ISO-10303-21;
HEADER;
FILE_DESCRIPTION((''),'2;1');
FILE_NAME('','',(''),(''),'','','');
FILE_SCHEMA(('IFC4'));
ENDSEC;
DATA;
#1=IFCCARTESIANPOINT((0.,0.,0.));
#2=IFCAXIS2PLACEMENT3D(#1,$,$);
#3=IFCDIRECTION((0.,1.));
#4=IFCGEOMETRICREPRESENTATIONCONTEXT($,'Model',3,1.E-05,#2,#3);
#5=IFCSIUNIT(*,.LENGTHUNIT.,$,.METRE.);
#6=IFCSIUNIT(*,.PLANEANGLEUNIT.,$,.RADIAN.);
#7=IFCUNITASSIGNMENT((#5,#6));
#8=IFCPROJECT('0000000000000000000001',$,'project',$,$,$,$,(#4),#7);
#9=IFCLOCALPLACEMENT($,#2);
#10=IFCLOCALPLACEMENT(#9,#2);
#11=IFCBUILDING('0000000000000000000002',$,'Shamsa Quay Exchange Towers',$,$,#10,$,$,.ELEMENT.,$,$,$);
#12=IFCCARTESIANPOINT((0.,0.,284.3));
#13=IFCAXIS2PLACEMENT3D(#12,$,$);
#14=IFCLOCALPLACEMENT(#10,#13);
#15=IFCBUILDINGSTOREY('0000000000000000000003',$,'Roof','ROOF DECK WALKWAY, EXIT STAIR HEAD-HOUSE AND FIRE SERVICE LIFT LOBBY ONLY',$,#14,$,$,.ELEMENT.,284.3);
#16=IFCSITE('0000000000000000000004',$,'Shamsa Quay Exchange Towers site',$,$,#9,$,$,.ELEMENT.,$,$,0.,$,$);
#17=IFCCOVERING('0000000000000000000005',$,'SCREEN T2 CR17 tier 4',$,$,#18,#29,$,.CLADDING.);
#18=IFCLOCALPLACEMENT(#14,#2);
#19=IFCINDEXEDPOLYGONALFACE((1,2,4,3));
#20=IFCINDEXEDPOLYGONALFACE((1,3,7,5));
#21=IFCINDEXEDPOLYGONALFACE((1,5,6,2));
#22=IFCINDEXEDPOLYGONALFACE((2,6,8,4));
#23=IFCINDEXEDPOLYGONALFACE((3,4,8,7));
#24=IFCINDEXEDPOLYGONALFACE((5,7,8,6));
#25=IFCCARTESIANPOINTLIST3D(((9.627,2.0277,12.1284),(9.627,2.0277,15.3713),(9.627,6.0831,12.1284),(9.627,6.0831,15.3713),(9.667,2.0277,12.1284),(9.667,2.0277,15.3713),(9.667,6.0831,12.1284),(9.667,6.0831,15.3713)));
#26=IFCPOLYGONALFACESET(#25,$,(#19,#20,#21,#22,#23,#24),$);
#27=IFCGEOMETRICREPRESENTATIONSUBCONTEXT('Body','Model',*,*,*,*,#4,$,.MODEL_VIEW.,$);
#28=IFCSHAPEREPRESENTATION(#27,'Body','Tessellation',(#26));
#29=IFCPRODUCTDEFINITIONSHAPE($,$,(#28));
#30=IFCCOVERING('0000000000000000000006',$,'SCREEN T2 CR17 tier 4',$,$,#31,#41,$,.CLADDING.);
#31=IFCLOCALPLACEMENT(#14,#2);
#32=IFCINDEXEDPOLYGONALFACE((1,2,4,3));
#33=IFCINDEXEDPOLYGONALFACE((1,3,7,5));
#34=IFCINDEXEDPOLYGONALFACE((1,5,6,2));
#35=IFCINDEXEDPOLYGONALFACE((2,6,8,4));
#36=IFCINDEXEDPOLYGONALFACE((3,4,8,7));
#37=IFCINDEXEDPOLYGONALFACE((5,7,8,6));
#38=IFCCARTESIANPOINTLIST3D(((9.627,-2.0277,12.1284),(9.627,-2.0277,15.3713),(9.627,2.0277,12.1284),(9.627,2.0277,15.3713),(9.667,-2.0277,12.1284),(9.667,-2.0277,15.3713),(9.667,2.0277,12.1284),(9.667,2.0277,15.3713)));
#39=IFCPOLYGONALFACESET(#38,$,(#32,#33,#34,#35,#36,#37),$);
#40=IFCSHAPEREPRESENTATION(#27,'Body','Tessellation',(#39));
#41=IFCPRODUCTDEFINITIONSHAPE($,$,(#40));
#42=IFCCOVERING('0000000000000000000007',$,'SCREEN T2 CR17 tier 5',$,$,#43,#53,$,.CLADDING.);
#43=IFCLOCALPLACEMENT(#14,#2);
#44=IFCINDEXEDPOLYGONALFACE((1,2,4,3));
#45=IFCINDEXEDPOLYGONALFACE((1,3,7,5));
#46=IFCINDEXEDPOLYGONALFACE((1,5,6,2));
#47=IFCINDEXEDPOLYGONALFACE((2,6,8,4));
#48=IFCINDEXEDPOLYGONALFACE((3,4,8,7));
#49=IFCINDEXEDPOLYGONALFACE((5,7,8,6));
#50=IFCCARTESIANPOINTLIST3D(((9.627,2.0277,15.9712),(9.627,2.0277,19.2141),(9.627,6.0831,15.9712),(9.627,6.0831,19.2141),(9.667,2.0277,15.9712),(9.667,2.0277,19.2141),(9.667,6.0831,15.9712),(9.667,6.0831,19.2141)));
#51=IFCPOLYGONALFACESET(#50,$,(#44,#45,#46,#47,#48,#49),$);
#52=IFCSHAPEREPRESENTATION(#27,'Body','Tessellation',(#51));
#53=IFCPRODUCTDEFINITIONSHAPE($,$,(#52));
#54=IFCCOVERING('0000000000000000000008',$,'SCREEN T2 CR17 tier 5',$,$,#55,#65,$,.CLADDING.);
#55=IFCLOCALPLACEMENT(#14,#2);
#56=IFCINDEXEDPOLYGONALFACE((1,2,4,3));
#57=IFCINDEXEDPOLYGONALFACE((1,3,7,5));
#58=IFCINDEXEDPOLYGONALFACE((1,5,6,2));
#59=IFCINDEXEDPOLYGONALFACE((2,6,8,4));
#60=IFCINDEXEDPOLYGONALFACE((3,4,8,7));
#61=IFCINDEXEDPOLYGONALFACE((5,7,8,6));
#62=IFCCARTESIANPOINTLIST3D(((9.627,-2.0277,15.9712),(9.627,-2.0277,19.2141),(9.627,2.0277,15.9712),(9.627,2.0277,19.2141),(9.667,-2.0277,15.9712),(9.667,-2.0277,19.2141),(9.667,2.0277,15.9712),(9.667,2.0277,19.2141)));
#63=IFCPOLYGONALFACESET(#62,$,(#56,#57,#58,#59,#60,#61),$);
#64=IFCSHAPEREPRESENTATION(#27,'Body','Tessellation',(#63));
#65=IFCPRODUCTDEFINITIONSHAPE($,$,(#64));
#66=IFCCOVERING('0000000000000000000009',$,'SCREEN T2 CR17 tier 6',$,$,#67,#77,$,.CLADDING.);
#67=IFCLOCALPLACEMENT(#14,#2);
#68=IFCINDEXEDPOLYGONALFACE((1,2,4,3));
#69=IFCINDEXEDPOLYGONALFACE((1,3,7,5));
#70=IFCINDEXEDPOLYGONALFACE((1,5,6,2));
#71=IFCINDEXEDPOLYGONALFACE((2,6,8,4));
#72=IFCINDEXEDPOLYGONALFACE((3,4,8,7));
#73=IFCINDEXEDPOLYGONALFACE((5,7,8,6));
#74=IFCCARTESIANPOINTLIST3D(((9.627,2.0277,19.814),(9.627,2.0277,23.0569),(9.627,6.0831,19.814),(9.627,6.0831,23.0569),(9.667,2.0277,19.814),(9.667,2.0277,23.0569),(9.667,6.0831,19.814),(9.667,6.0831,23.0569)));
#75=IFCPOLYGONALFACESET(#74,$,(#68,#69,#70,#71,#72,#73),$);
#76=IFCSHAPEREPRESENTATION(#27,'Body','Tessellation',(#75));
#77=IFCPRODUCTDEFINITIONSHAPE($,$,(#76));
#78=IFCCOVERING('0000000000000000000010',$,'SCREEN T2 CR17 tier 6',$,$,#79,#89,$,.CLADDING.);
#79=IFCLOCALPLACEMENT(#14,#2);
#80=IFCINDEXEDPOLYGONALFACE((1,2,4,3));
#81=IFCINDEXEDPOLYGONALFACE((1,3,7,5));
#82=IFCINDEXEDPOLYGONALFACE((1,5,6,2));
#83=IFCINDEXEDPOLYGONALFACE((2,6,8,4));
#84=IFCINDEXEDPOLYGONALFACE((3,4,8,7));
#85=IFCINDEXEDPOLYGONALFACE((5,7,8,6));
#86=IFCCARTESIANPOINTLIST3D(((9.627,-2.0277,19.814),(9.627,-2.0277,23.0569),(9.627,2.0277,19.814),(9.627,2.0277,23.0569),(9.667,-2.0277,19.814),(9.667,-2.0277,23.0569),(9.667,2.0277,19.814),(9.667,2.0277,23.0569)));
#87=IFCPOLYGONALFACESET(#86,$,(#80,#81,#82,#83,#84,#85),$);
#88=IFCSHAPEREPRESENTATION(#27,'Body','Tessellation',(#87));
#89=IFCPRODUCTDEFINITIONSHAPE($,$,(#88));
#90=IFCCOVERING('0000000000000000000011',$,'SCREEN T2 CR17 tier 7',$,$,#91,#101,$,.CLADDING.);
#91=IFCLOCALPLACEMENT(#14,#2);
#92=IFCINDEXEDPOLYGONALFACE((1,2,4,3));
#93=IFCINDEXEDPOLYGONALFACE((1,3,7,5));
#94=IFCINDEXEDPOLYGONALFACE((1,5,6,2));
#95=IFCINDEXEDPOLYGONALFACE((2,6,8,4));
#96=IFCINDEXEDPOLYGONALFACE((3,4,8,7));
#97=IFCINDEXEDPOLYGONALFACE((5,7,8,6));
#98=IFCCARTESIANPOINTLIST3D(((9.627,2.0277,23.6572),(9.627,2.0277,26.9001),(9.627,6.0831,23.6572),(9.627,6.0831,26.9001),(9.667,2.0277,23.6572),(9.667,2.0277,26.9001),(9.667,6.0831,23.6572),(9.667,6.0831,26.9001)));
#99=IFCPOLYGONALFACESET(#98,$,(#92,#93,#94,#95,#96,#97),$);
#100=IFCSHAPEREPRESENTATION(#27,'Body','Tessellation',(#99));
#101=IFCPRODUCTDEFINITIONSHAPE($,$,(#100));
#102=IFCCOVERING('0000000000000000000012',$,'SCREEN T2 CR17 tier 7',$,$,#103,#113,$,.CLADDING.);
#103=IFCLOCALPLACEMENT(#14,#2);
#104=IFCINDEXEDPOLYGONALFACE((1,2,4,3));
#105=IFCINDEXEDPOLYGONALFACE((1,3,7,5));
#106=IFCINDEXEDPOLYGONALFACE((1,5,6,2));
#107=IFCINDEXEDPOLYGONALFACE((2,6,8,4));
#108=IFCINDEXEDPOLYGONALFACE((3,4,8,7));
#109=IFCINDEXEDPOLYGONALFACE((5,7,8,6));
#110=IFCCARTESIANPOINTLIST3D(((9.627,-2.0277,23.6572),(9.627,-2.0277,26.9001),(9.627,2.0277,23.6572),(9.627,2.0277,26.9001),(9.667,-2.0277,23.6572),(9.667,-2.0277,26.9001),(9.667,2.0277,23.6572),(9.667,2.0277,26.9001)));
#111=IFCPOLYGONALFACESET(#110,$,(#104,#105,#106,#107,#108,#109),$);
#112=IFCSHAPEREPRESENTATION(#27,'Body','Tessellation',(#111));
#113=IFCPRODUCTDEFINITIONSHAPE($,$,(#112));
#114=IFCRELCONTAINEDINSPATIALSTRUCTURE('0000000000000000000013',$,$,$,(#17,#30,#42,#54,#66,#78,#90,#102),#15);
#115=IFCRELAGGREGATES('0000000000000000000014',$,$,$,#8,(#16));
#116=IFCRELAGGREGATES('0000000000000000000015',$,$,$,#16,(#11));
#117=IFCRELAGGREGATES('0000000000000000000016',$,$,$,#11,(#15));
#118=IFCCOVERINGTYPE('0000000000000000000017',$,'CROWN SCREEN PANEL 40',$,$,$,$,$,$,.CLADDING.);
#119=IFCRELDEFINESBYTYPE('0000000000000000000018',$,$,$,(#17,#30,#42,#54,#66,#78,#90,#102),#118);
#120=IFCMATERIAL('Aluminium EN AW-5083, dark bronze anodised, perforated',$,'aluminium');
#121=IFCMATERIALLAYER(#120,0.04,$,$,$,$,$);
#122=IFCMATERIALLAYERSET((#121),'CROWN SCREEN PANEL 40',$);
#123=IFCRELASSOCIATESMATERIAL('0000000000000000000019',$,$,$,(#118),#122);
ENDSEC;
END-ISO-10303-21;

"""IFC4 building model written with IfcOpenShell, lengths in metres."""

from ifc_helpers import new_model, si_unit, direction, frame, origin, origin_2d, place, context, subcontext, project, spatial, rectangle, extrude, material, layer, layer_set, type_object, element, save


model = new_model("IFC4")

# Units and contexts
model_context = context("Model", 3, precision=1e-05, world=origin(), true_north=direction((0.0, 1.0)))
body_context = subcontext(model_context, "Body", "Model", "MODEL_VIEW")
ifc_project = project(units=[si_unit("LENGTHUNIT", "METRE"), si_unit("PLANEANGLEUNIT", "RADIAN")], contexts=[model_context])

# Site, building, storey
site_placement = place(None, origin())
site = spatial("IfcSite", under=ifc_project, at=site_placement, Name="Shamsa Quay Exchange Towers site", CompositionType="ELEMENT", RefElevation=0.0)
building_placement = place(site_placement, origin())
building = spatial("IfcBuilding", under=site, at=building_placement, Name="Shamsa Quay Exchange Towers", CompositionType="ELEMENT")
storey_placement = place(building_placement, frame((0.0, 0.0, 284.3)))
storey = spatial("IfcBuildingStorey", under=building, at=storey_placement, Name="Roof", Description="ROOF DECK WALKWAY, EXIT STAIR HEAD-HOUSE AND FIRE SERVICE LIFT LOBBY ONLY", CompositionType="ELEMENT", Elevation=284.3)

# Coverings
ifc_material_1 = material(Name="Aluminium EN AW-5083, dark bronze anodised, perforated", Category="aluminium")
ifc_layer = layer(ifc_material_1, 0.04)
ifc_layer_set = layer_set([ifc_layer], Name="CROWN SCREEN PANEL 40")
covering_type = type_object("IfcCoveringType", Name="CROWN SCREEN PANEL 40", PredefinedType="CLADDING", material=ifc_layer_set)
for number, where, z_axis, x_axis, name in (
    (1, (9.647, 4.0554, 12.1284), (0.0, 0.0, 1.0), (0.0, -1.0, 0.0), "SCREEN T2 CR17 tier 4"),
    (2, (9.647, 0.0, 12.1284), (0.0, 0.0, 1.0), (0.0, -1.0, 0.0), "SCREEN T2 CR17 tier 4"),
    (3, (9.647, 4.0554, 15.9712), (0.0, 0.0, 1.0), (0.0, -1.0, 0.0), "SCREEN T2 CR17 tier 5"),
    (4, (9.647, 0.0, 15.9712), (0.0, 0.0, 1.0), (0.0, -1.0, 0.0), "SCREEN T2 CR17 tier 5"),
    (5, (9.647, 4.0554, 19.814), (0.0, 0.0, 1.0), (0.0, -1.0, 0.0), "SCREEN T2 CR17 tier 6"),
    (6, (9.647, 0.0, 19.814), (0.0, 0.0, 1.0), (0.0, -1.0, 0.0), "SCREEN T2 CR17 tier 6"),
    (7, (9.647, 4.0554, 23.6572), (0.0, 0.0, 1.0), (0.0, -1.0, 0.0), "SCREEN T2 CR17 tier 7"),
    (8, (9.647, 0.0, 23.6572), (0.0, 0.0, 1.0), (0.0, -1.0, 0.0), "SCREEN T2 CR17 tier 7"),
):
    element("IfcCovering", number, at=place(storey_placement, frame(where, z_axis=z_axis, x_axis=x_axis)), inside=storey, type_object=covering_type, Name=name, PredefinedType="CLADDING", context=body_context, shape_type="SweptSolid", body=[
        extrude(rectangle(XDim=4.0554, YDim=0.04, at=origin_2d()), origin(), (0.0, 0.0, 1.0), 3.2429),
    ])

save(model, "model.ifc")
